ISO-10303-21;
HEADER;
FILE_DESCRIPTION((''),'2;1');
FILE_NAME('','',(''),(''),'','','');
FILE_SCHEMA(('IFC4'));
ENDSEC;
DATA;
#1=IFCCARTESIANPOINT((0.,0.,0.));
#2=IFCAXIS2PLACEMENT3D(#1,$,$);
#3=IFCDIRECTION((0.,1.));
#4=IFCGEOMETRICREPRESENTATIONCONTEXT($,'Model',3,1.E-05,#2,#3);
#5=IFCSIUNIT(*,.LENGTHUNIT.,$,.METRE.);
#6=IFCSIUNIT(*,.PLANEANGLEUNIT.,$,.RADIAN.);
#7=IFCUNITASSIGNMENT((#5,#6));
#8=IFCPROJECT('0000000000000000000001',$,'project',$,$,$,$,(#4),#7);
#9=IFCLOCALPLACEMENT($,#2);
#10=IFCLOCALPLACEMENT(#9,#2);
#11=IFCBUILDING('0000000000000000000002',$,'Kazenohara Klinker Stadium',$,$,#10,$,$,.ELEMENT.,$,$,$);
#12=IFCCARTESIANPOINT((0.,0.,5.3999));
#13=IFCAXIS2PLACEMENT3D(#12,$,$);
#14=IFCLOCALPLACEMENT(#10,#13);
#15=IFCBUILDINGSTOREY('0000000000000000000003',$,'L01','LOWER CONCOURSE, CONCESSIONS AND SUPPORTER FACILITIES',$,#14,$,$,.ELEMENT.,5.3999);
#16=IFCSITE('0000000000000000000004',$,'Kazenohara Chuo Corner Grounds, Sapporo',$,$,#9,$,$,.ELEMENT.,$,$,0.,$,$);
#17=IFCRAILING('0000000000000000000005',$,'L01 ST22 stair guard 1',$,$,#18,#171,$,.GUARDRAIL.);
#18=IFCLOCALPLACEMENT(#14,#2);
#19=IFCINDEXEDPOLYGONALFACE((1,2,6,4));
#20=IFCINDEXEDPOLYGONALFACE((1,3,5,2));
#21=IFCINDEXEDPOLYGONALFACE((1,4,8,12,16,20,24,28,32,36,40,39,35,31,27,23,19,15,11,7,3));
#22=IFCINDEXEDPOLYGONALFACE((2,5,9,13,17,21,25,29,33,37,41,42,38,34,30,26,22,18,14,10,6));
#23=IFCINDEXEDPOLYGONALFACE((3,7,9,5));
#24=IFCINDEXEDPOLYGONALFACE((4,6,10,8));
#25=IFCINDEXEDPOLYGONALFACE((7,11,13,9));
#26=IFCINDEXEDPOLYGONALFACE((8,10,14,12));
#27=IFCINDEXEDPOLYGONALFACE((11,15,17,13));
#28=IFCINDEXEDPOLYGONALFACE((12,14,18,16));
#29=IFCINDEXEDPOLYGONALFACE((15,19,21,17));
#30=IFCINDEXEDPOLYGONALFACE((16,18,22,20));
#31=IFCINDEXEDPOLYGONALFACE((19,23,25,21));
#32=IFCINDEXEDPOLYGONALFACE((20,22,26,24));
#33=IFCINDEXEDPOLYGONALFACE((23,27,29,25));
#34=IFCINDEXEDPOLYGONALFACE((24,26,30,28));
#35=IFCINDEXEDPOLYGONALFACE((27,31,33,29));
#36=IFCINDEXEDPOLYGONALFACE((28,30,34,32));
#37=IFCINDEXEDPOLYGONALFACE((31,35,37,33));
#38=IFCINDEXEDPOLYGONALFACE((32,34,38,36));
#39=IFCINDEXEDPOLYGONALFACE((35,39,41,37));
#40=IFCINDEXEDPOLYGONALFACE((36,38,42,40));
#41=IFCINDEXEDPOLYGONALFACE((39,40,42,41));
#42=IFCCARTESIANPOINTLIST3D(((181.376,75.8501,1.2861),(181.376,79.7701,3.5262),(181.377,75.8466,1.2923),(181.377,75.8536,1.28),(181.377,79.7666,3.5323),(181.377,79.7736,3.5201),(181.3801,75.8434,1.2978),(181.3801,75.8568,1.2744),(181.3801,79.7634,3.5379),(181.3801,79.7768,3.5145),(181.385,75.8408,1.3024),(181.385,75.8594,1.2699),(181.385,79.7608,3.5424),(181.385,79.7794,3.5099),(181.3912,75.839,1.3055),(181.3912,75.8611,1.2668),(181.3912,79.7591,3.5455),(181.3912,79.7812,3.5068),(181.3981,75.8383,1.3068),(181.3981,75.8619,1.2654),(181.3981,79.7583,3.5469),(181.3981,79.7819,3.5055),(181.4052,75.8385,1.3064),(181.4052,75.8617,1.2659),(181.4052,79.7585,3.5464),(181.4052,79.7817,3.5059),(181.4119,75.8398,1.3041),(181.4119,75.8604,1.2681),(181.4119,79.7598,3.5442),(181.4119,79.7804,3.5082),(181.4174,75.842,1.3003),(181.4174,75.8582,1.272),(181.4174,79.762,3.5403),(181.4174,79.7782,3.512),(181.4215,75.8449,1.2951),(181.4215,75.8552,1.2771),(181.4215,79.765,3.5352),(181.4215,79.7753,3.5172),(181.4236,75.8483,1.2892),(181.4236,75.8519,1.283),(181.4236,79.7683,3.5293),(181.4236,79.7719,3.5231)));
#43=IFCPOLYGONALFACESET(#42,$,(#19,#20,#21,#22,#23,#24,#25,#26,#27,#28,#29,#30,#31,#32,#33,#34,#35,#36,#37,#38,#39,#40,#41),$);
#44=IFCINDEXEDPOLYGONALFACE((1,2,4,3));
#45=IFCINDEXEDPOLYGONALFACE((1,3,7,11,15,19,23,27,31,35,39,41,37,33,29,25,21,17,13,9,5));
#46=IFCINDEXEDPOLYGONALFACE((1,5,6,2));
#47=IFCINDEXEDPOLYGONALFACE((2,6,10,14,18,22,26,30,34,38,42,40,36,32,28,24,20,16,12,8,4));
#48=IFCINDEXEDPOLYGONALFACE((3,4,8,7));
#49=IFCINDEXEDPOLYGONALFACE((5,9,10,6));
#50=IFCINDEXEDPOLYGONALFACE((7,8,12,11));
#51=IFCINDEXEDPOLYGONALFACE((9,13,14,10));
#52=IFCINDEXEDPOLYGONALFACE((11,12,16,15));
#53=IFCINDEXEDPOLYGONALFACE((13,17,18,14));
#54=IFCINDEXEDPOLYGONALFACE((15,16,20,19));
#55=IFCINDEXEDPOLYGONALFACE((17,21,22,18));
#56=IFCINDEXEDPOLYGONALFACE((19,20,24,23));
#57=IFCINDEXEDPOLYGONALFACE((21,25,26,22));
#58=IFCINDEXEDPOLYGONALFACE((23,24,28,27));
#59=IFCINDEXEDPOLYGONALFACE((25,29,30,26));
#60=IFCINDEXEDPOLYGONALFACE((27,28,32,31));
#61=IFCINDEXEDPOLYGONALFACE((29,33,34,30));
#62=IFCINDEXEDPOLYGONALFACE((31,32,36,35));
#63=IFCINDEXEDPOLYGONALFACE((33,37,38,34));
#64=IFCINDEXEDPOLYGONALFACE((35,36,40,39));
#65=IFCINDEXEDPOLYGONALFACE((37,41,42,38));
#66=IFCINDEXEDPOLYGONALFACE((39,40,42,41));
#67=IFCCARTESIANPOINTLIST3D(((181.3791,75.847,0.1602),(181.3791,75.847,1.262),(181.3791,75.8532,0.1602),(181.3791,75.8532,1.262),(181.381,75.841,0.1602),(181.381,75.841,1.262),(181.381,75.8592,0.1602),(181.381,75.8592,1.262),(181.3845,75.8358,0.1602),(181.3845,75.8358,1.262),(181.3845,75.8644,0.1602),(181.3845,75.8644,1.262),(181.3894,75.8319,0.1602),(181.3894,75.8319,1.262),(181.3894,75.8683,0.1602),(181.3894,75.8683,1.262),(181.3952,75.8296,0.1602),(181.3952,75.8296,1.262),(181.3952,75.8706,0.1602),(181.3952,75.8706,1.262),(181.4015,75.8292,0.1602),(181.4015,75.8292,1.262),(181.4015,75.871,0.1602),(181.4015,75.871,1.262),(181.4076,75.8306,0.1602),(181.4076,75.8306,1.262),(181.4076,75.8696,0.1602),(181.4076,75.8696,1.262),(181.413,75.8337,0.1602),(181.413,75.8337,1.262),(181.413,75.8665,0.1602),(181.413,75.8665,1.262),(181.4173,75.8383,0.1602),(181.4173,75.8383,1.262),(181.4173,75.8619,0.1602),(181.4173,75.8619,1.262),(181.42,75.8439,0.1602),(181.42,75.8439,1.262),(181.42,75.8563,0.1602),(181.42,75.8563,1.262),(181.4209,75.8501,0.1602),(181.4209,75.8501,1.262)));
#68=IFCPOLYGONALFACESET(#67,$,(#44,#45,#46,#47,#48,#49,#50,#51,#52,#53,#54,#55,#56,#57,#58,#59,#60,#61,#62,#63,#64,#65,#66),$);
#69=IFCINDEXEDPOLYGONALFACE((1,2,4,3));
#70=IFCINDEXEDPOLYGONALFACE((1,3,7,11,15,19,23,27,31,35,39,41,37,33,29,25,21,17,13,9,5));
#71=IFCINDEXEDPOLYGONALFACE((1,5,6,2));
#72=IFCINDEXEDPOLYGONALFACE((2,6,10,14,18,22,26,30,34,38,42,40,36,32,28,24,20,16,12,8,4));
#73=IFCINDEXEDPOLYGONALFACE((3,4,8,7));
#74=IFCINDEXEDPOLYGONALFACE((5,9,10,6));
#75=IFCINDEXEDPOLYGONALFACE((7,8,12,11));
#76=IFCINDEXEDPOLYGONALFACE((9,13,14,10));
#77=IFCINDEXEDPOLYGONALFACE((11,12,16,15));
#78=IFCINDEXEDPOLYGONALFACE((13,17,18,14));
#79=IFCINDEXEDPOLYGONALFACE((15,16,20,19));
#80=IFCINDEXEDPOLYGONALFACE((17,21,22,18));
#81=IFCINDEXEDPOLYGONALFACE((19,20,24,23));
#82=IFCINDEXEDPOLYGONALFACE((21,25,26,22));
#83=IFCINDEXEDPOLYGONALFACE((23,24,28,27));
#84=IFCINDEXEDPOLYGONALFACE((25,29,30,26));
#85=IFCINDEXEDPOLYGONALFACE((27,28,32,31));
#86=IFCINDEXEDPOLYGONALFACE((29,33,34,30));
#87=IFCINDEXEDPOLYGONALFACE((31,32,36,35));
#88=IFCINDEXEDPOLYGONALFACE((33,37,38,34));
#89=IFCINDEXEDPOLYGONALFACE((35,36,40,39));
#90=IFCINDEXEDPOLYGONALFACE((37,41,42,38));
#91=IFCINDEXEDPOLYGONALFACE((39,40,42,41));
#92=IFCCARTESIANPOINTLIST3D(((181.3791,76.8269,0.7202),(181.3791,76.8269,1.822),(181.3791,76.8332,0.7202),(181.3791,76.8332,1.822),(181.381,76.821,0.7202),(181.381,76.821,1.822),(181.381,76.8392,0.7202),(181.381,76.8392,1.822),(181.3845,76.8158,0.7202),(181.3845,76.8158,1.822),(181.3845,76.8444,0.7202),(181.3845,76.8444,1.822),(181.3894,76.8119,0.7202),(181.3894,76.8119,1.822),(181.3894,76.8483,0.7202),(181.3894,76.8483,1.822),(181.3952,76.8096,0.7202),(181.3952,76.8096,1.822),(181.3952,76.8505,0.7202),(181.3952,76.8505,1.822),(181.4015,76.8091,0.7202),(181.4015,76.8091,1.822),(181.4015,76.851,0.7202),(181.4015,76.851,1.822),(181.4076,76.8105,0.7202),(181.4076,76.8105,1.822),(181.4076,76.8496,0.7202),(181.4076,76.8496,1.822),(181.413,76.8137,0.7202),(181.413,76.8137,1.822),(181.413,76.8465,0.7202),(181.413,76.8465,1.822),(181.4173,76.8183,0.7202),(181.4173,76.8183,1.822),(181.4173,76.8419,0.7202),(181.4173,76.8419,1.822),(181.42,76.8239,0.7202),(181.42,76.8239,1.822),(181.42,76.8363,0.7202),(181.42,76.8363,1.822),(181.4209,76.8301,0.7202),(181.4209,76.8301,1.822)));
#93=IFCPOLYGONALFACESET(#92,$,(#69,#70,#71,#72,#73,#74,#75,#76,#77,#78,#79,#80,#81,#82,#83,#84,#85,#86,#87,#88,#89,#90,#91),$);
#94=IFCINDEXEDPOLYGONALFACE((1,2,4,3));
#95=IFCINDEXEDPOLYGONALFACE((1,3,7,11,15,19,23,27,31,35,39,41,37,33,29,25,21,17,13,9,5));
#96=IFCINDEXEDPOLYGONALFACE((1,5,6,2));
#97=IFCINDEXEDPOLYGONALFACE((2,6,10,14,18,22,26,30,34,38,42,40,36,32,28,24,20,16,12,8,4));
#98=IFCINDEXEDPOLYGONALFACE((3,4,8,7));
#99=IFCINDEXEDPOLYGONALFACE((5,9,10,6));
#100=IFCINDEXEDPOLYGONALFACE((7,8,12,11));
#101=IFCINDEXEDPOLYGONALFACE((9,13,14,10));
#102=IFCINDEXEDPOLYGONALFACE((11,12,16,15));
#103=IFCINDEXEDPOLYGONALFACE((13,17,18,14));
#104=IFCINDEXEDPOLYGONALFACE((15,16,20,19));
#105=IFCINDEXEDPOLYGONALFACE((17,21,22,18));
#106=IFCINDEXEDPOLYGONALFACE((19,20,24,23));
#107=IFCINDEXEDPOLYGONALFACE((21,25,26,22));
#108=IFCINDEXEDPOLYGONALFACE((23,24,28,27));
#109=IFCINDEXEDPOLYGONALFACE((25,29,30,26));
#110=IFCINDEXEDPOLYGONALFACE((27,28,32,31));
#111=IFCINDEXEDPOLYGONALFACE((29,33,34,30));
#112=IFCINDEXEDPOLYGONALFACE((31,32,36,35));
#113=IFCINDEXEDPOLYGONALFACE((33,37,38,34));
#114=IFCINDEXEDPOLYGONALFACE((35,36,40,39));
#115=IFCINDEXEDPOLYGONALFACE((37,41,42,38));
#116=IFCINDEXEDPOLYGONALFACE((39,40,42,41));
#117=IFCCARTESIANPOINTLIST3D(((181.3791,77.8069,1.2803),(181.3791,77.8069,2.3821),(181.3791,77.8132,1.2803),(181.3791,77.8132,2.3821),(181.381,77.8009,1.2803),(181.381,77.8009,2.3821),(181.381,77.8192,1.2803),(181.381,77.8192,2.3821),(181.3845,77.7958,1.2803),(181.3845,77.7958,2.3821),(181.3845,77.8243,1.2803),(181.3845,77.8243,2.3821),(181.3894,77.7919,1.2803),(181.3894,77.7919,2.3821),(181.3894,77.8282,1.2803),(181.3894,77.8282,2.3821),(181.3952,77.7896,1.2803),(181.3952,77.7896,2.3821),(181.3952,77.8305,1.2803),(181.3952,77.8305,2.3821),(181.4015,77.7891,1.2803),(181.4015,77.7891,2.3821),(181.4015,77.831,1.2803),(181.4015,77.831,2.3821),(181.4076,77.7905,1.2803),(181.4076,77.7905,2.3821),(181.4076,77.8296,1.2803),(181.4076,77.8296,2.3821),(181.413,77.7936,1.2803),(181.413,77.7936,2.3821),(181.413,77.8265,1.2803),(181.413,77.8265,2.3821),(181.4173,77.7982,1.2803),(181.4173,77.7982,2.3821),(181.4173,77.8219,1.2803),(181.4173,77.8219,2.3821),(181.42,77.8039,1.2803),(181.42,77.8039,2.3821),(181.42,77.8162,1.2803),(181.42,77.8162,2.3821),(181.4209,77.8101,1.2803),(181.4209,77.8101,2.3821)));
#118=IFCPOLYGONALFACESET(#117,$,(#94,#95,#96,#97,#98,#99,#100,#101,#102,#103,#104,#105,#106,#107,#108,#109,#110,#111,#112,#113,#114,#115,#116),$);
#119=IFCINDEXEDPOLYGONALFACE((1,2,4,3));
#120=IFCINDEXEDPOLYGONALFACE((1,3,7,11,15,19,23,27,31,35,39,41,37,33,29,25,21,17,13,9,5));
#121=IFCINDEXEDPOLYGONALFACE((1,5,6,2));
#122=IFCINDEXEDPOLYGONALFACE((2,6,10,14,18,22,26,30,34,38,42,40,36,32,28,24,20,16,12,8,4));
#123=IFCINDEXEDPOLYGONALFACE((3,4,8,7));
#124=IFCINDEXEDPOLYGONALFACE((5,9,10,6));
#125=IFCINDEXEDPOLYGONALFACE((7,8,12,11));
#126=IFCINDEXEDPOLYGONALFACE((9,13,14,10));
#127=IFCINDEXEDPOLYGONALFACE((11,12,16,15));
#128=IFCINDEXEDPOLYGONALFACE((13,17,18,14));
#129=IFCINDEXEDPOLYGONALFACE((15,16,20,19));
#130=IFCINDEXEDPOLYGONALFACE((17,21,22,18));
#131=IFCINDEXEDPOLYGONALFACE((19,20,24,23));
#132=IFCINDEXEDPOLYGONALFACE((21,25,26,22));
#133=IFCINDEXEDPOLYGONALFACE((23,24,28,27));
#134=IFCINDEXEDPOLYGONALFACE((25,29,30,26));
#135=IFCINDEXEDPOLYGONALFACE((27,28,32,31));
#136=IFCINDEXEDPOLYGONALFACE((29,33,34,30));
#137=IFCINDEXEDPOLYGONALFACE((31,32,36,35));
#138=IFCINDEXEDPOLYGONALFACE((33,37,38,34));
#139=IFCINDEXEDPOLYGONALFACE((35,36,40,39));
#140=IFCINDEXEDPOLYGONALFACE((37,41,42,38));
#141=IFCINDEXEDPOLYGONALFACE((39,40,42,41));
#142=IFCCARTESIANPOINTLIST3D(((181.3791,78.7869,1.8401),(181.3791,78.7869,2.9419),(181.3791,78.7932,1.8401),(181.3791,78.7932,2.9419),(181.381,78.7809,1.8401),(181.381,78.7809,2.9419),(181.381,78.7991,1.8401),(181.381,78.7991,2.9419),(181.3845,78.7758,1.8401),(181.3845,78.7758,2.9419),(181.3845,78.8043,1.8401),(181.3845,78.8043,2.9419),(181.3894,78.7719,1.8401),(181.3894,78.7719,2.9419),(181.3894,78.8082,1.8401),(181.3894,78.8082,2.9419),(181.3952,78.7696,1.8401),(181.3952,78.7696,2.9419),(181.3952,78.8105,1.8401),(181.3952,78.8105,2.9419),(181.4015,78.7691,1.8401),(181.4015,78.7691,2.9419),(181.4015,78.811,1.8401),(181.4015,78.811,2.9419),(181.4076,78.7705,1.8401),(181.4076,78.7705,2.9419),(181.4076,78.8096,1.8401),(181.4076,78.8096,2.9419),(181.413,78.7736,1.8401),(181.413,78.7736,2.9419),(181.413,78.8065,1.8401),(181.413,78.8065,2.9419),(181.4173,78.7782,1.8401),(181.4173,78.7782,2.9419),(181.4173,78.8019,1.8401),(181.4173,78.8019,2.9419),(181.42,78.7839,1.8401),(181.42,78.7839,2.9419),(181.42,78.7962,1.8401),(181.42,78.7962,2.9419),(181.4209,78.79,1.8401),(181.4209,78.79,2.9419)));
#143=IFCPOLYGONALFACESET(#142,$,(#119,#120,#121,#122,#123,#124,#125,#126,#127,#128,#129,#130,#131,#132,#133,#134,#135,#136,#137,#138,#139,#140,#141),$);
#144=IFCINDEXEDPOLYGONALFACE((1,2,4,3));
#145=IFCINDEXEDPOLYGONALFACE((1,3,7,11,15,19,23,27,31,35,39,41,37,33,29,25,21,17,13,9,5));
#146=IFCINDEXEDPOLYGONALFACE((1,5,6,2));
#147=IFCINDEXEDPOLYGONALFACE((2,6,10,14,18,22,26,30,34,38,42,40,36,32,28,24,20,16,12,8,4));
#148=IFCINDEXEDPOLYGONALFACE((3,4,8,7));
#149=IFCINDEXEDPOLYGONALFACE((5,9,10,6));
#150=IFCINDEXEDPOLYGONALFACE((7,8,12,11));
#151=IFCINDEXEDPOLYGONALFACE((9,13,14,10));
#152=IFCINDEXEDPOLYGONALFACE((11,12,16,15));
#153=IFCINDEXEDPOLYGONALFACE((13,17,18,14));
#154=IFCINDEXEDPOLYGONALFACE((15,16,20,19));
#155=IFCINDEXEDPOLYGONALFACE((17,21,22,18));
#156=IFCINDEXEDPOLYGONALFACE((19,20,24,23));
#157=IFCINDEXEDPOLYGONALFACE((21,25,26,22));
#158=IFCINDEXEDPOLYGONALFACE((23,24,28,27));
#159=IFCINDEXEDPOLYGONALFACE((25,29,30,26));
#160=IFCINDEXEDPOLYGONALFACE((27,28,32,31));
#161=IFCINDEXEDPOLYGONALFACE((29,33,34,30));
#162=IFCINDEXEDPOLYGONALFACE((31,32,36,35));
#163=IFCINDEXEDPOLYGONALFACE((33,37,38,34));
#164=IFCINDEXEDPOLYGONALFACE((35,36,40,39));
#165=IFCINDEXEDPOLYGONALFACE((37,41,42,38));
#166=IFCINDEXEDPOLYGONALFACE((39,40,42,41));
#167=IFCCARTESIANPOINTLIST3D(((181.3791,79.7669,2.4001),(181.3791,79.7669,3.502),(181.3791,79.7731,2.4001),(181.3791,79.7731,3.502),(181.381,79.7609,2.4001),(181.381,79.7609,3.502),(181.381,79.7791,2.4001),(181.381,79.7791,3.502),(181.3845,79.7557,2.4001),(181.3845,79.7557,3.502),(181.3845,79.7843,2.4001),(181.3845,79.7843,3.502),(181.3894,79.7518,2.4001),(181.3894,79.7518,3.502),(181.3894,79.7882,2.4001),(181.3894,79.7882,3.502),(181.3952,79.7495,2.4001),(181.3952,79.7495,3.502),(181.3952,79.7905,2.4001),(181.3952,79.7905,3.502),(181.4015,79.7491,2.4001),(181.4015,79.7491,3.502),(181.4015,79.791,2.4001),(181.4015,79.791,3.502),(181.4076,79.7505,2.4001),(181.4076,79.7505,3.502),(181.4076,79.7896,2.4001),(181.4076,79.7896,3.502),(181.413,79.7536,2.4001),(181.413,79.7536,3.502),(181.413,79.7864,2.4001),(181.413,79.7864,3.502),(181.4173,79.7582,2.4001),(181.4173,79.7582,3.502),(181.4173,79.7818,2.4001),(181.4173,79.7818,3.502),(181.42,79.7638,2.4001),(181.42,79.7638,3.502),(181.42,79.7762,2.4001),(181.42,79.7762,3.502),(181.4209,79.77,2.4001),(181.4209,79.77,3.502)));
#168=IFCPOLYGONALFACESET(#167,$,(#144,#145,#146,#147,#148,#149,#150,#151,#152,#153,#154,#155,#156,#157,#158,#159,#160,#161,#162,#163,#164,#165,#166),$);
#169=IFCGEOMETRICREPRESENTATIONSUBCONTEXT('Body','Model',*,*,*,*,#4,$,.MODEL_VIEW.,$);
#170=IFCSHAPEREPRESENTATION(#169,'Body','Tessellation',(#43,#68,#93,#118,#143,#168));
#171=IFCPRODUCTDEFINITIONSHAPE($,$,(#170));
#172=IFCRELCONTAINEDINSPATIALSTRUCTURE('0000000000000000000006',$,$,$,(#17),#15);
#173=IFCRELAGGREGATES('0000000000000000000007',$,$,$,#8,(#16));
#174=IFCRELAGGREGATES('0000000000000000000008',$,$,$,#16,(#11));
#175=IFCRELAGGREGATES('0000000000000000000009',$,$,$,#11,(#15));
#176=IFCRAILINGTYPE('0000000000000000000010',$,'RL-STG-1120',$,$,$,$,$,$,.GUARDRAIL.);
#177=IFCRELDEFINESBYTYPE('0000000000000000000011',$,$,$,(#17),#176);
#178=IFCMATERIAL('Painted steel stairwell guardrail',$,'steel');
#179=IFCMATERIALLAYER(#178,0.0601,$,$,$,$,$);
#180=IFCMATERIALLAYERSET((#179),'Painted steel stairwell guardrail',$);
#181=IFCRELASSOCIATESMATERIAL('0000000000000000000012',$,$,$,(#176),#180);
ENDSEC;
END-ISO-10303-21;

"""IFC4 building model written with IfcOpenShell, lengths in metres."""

from ifc_helpers import new_model, si_unit, direction, frame, origin, origin_2d, place, context, subcontext, project, spatial, circle, extrude, material, layer, layer_set, type_object, element, save


model = new_model("IFC4")

# Units and contexts
model_context = context("Model", 3, precision=1e-05, world=origin(), true_north=direction((0.0, 1.0)))
body_context = subcontext(model_context, "Body", "Model", "MODEL_VIEW")
ifc_project = project(units=[si_unit("LENGTHUNIT", "METRE"), si_unit("PLANEANGLEUNIT", "RADIAN")], contexts=[model_context])

# Site, building, storey
site_placement = place(None, origin())
site = spatial("IfcSite", under=ifc_project, at=site_placement, Name="Kazenohara Chuo Corner Grounds, Sapporo", CompositionType="ELEMENT", RefElevation=0.0)
building_placement = place(site_placement, origin())
building = spatial("IfcBuilding", under=site, at=building_placement, Name="Kazenohara Klinker Stadium", CompositionType="ELEMENT")
storey_placement = place(building_placement, frame((0.0, 0.0, 5.3999)))
storey = spatial("IfcBuildingStorey", under=building, at=storey_placement, Name="L01", Description="LOWER CONCOURSE, CONCESSIONS AND SUPPORTER FACILITIES", CompositionType="ELEMENT", Elevation=5.3999)

# Railing
ifc_material_1 = material(Name="Painted steel stairwell guardrail", Category="steel")
ifc_layer_1 = layer(ifc_material_1, 0.0601)
ifc_layer_set_1 = layer_set([ifc_layer_1], Name="Painted steel stairwell guardrail")
railing_type_1 = type_object("IfcRailingType", Name="RL-STG-1120", PredefinedType="GUARDRAIL", material=ifc_layer_set_1)
railing_1_placement = place(storey_placement, frame((181.3999, 75.8501, 0.1602)))
element("IfcRailing", 1, at=railing_1_placement, inside=storey, type_object=railing_type_1, Name="L01 ST22 stair guard 1", PredefinedType="GUARDRAIL", context=body_context, shape_type="SweptSolid", body=[
    extrude(circle(Radius=0.0239, at=origin_2d()), frame((0.0, 0.0, 1.126), z_axis=(0.0, 0.86824, 0.496145), x_axis=(-1.0, 0.0, 0.0)), (0.0, 0.0, 1.0), 4.5149),
    extrude(circle(Radius=0.021, at=origin_2d()), origin(), (0.0, 0.0, 1.0), 1.1018),
    extrude(circle(Radius=0.021, at=origin_2d()), frame((0.0, 0.98, 0.5601)), (0.0, 0.0, 1.0), 1.1018),
    extrude(circle(Radius=0.021, at=origin_2d()), frame((0.0, 1.96, 1.1201)), (0.0, 0.0, 1.0), 1.1018),
    extrude(circle(Radius=0.021, at=origin_2d()), frame((0.0, 2.9399, 1.6799)), (0.0, 0.0, 1.0), 1.1018),
    extrude(circle(Radius=0.021, at=origin_2d()), frame((0.0, 3.9199, 2.24)), (0.0, 0.0, 1.0), 1.1018),
])

save(model, "model.ifc")
